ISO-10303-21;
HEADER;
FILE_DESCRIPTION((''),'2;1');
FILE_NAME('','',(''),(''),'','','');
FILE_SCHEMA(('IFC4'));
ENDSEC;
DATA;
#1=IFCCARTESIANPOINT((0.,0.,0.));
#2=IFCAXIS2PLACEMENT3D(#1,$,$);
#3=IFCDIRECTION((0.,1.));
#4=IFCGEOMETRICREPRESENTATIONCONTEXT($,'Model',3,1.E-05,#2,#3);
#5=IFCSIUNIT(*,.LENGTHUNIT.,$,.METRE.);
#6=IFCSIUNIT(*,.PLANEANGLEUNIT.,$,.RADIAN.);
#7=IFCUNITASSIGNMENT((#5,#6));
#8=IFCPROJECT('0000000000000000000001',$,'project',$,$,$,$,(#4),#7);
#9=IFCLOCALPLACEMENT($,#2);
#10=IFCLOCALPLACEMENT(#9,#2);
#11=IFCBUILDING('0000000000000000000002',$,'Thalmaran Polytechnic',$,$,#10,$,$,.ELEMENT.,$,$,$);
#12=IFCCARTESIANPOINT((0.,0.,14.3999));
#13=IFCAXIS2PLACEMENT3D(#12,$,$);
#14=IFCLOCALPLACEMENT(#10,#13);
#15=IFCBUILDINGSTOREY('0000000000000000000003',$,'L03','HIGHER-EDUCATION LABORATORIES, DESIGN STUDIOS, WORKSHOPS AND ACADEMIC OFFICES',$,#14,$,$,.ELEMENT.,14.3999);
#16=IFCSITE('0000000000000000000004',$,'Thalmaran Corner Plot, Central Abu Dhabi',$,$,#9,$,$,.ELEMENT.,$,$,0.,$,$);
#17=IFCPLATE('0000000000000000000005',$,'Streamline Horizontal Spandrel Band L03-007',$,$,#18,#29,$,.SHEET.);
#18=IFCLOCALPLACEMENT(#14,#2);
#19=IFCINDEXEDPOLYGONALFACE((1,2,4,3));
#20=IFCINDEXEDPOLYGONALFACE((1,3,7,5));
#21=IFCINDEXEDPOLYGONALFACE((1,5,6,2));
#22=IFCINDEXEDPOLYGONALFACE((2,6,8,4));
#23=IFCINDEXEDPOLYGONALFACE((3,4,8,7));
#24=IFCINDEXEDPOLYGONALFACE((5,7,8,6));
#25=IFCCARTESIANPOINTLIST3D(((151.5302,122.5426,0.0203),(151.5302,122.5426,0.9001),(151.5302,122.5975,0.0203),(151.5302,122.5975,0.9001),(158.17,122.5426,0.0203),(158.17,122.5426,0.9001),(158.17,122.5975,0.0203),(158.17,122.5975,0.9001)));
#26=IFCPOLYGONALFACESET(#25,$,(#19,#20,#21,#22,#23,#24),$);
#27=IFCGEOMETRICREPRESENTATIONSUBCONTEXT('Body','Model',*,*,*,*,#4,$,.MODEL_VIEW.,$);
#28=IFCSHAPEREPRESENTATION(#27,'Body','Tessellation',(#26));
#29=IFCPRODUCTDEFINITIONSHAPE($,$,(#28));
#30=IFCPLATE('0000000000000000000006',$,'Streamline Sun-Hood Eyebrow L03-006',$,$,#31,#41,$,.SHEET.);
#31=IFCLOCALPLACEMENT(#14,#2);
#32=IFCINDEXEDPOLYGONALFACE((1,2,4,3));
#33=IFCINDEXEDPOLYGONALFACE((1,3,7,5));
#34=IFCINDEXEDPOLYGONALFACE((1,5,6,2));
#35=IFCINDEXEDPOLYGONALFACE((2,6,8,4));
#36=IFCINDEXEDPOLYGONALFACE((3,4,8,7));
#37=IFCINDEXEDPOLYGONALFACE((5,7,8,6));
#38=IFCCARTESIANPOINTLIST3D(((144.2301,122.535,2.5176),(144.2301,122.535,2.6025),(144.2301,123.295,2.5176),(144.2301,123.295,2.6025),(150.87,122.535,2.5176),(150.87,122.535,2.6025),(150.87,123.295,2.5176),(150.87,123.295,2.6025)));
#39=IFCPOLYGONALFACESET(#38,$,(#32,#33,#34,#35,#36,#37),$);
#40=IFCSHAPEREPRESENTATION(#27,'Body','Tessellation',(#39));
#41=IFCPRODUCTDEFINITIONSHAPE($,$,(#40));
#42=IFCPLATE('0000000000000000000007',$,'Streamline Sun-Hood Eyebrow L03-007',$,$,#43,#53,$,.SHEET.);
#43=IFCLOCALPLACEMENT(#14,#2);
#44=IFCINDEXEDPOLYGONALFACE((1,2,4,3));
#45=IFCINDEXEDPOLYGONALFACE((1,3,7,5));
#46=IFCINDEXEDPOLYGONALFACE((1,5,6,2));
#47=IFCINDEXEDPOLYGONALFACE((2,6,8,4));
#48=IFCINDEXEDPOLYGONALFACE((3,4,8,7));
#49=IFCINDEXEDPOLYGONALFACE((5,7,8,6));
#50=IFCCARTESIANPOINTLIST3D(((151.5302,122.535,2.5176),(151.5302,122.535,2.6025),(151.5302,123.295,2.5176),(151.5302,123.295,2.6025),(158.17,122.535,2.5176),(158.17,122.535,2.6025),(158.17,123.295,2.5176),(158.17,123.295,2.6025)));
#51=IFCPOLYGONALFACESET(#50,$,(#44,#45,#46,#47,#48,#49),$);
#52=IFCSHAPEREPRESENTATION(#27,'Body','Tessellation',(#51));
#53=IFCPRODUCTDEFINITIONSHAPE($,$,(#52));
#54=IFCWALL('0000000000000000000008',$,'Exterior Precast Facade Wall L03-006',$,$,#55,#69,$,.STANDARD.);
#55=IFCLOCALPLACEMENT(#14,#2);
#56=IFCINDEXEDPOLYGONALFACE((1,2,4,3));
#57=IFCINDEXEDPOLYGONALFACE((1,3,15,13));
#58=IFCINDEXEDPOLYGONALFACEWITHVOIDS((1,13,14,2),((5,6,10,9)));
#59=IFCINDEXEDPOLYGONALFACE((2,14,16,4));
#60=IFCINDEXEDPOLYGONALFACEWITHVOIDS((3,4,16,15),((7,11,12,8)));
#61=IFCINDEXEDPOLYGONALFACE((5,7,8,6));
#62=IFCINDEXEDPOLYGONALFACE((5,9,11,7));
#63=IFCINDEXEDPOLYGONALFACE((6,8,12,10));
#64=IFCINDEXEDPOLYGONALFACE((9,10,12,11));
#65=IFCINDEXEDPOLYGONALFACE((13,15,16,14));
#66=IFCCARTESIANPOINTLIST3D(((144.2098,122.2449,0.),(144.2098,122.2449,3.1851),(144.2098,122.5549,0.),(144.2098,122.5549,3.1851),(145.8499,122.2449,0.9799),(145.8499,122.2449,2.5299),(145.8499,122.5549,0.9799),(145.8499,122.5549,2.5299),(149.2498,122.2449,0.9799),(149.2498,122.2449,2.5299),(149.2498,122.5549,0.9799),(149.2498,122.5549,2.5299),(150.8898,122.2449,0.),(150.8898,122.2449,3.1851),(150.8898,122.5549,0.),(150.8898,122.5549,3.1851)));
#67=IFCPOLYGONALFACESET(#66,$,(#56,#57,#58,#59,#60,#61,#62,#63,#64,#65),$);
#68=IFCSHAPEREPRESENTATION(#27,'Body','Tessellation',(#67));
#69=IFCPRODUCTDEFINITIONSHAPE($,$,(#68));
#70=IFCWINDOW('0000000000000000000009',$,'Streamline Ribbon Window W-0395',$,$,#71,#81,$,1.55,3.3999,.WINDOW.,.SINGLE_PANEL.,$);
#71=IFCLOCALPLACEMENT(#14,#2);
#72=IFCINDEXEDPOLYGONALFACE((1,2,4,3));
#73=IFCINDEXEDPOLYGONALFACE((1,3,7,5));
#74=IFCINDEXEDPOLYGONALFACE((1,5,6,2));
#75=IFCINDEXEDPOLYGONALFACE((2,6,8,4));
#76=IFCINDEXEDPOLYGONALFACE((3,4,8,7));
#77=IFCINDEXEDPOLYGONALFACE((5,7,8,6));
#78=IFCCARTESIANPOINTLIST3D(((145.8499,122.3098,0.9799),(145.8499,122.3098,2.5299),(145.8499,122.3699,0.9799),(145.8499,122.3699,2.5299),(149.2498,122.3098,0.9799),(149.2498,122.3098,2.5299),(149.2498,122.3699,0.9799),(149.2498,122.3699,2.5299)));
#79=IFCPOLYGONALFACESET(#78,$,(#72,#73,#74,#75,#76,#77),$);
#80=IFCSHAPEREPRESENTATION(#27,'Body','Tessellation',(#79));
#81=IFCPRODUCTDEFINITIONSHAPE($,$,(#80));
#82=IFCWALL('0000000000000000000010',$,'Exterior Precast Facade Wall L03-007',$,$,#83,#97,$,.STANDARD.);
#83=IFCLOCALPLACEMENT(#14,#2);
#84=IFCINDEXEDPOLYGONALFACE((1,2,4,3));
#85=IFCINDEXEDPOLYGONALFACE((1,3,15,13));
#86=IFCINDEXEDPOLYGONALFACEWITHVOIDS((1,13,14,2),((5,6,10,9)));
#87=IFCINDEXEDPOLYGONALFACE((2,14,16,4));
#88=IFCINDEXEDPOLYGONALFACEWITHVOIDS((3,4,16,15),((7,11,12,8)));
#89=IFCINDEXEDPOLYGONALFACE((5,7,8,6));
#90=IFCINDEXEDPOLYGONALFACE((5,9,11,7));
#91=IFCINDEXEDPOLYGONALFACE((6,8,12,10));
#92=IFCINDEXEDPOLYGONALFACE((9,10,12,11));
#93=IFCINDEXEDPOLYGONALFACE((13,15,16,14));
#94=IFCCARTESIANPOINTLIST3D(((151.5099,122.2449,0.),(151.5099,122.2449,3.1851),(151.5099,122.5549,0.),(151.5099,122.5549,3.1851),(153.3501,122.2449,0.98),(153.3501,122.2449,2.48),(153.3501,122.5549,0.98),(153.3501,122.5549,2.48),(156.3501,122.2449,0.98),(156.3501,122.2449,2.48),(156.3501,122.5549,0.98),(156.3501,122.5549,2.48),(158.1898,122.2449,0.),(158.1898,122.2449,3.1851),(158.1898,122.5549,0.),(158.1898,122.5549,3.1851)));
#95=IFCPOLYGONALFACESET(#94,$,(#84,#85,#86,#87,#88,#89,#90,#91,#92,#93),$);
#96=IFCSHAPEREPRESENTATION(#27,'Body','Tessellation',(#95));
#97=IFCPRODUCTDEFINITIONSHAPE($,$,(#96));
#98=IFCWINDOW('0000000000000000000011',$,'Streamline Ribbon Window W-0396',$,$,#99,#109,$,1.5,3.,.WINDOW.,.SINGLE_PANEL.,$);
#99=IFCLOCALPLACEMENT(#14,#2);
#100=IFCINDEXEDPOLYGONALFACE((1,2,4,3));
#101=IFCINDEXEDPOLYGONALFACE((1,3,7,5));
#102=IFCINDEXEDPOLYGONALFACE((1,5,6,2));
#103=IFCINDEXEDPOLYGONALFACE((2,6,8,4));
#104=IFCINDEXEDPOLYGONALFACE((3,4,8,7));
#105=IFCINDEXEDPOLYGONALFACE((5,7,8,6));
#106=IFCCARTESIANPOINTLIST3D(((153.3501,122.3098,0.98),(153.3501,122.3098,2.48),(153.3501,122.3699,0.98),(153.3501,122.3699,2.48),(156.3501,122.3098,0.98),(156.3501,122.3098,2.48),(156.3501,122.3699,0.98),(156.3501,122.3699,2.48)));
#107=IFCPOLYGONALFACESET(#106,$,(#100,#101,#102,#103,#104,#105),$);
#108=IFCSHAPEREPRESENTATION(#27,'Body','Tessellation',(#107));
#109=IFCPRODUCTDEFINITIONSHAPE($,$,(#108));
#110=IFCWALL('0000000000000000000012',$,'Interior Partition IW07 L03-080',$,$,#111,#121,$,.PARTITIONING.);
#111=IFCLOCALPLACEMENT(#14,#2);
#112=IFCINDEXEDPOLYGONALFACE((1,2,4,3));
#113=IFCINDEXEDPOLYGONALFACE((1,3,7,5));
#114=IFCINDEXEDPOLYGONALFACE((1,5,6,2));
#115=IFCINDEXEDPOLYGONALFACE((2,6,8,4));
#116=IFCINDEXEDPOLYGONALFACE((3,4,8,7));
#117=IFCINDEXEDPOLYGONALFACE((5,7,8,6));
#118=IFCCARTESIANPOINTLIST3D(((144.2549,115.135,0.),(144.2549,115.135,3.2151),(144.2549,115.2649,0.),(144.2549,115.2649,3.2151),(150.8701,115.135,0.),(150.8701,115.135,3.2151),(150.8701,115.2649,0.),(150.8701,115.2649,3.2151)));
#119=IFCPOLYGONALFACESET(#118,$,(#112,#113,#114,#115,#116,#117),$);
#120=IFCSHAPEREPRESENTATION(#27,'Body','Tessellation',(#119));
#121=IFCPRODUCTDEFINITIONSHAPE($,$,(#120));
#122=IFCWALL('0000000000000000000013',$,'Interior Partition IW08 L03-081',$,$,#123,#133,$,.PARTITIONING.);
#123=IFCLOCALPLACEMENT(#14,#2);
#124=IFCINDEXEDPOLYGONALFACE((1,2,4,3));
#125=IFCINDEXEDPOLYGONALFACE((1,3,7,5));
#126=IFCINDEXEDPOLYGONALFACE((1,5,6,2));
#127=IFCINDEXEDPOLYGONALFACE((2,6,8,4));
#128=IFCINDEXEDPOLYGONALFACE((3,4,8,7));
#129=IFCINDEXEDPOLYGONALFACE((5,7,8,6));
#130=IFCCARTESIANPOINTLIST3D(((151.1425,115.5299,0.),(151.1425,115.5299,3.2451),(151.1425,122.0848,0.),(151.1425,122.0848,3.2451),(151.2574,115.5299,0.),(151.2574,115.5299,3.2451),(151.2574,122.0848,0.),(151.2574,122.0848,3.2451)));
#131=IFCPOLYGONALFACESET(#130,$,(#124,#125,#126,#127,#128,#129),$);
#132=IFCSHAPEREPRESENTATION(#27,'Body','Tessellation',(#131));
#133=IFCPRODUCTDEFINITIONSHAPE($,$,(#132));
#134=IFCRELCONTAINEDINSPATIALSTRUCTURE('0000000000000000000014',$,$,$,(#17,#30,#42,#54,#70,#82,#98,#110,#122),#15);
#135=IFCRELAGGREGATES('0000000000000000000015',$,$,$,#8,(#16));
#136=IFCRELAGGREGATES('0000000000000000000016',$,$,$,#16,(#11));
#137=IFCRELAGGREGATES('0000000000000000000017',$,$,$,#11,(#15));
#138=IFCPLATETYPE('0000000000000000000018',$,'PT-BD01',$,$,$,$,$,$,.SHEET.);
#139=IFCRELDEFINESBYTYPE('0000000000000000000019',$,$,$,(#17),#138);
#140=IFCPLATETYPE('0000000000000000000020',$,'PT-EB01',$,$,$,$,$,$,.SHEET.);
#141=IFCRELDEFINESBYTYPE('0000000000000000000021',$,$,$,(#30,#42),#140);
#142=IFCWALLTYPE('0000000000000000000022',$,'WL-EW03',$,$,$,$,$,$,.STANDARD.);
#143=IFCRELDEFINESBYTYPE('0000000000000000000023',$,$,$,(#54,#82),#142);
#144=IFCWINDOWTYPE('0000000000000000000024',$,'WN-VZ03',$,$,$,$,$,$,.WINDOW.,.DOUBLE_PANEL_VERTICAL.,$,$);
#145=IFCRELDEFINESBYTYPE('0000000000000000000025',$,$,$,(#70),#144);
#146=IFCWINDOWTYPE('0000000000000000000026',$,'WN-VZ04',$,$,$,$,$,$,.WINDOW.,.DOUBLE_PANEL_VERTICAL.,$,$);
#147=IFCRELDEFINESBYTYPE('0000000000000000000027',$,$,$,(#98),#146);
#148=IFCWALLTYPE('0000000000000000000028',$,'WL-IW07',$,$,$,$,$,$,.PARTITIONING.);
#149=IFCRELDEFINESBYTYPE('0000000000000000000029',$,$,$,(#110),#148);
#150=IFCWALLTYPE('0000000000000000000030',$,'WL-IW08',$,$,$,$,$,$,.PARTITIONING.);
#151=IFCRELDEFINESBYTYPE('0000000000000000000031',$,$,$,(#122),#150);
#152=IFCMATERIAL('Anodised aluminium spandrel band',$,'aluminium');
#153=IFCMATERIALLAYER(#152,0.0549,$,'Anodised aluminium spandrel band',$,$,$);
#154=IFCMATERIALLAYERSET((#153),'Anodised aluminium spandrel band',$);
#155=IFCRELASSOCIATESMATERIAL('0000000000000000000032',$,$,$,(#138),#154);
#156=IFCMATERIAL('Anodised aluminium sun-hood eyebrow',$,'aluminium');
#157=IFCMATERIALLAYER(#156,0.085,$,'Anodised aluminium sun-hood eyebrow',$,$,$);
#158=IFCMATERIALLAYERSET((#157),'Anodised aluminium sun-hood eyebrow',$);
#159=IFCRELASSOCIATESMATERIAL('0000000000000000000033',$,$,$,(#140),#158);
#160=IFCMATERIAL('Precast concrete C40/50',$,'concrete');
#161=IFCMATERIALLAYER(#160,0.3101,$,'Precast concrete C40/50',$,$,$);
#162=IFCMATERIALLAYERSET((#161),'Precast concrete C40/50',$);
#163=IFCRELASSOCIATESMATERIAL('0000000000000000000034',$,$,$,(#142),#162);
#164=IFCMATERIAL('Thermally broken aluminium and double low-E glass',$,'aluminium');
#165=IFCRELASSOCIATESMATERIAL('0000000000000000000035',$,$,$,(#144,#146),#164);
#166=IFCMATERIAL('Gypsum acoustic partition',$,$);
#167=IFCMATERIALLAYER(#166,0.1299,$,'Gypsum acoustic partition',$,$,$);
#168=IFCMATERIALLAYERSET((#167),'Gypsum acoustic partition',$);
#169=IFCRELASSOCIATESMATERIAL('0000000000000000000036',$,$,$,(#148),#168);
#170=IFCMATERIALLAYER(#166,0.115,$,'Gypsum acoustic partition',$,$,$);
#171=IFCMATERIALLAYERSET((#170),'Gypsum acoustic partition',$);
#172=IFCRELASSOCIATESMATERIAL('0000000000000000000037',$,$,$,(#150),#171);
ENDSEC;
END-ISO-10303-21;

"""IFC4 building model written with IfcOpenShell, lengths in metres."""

from ifc_helpers import new_model, si_unit, direction, frame, frame_2d, origin, origin_2d, place, context, subcontext, project, spatial, rectangle, extrude, material, layer, layer_set, type_object, element, fill, save


model = new_model("IFC4")

# Units and contexts
model_context = context("Model", 3, precision=1e-05, world=origin(), true_north=direction((0.0, 1.0)))
body_context = subcontext(model_context, "Body", "Model", "MODEL_VIEW")
ifc_project = project(units=[si_unit("LENGTHUNIT", "METRE"), si_unit("PLANEANGLEUNIT", "RADIAN")], contexts=[model_context])

# Site, building, storey
site_placement = place(None, origin())
site = spatial("IfcSite", under=ifc_project, at=site_placement, Name="Thalmaran Corner Plot, Central Abu Dhabi", CompositionType="ELEMENT", RefElevation=0.0)
building_placement = place(site_placement, origin())
building = spatial("IfcBuilding", under=site, at=building_placement, Name="Thalmaran Polytechnic", CompositionType="ELEMENT")
storey_placement = place(building_placement, frame((0.0, 0.0, 14.3999)))
storey = spatial("IfcBuildingStorey", under=building, at=storey_placement, Name="L03", Description="HIGHER-EDUCATION LABORATORIES, DESIGN STUDIOS, WORKSHOPS AND ACADEMIC OFFICES", CompositionType="ELEMENT", Elevation=14.3999)

# Plates
ifc_material_1 = material(Name="Anodised aluminium spandrel band", Category="aluminium")
ifc_layer_1 = layer(ifc_material_1, 0.0549, Name="Anodised aluminium spandrel band")
ifc_layer_set_1 = layer_set([ifc_layer_1], Name="Anodised aluminium spandrel band")
plate_type_1 = type_object("IfcPlateType", Name="PT-BD01", PredefinedType="SHEET", material=ifc_layer_set_1)
for number, where, z_axis, x_axis, name in (
    (1, (154.8501, 122.5701, 0.0203), (0.0, 0.0, 1.0), (1.0, 0.0, 0.0), "Streamline Horizontal Spandrel Band L03-007"),
):
    element("IfcPlate", number, at=place(storey_placement, frame(where, z_axis=z_axis, x_axis=x_axis)), inside=storey, type_object=plate_type_1, Name=name, PredefinedType="SHEET", context=body_context, shape_type="SweptSolid", body=[
        extrude(rectangle(XDim=6.6399, YDim=0.0549, at=origin_2d()), origin(), (0.0, 0.0, 1.0), 0.8799),
    ])
ifc_material_2 = material(Name="Anodised aluminium sun-hood eyebrow", Category="aluminium")
ifc_layer_2 = layer(ifc_material_2, 0.085, Name="Anodised aluminium sun-hood eyebrow")
ifc_layer_set_2 = layer_set([ifc_layer_2], Name="Anodised aluminium sun-hood eyebrow")
plate_type_2 = type_object("IfcPlateType", Name="PT-EB01", PredefinedType="SHEET", material=ifc_layer_set_2)
for number, where, z_axis, x_axis, name in (
    (2, (147.55, 122.915, 2.5176), (0.0, 0.0, 1.0), (1.0, 0.0, 0.0), "Streamline Sun-Hood Eyebrow L03-006"),
    (3, (154.8501, 122.915, 2.5176), (0.0, 0.0, 1.0), (1.0, 0.0, 0.0), "Streamline Sun-Hood Eyebrow L03-007"),
):
    element("IfcPlate", number, at=place(storey_placement, frame(where, z_axis=z_axis, x_axis=x_axis)), inside=storey, type_object=plate_type_2, Name=name, PredefinedType="SHEET", context=body_context, shape_type="SweptSolid", body=[
        extrude(rectangle(XDim=6.6399, YDim=0.76, at=origin_2d()), origin(), (0.0, 0.0, 1.0), 0.085),
    ])

# Walls, openings, windows
ifc_material_3 = material(Name="Precast concrete C40/50", Category="concrete")
ifc_layer_3 = layer(ifc_material_3, 0.3101, Name="Precast concrete C40/50")
ifc_layer_set_3 = layer_set([ifc_layer_3], Name="Precast concrete C40/50")
wall_type_1 = type_object("IfcWallType", Name="WL-EW03", PredefinedType="STANDARD", material=ifc_layer_set_3)
wall_1_placement = place(storey_placement, frame((144.21, 122.3999, 0.0), z_axis=(0.0, 0.0, 1.0), x_axis=(1.0, 0.0, 0.0)))
wall_1 = element("IfcWall", 4, at=wall_1_placement, inside=storey, type_object=wall_type_1, Name="Exterior Precast Facade Wall L03-006", PredefinedType="STANDARD", context=body_context, shape_type="SweptSolid", body=[
    extrude(rectangle(XDim=6.6799, YDim=0.3101, at=frame_2d((3.3398, 0.0))), origin(), (0.0, 0.0, 1.0), 3.1851),
])
opening_1_placement = place(wall_1_placement, frame((1.6399, 0.0, 0.98)))
opening_1 = element("IfcOpeningElement", 5, at=opening_1_placement, cuts=wall_1, PredefinedType="OPENING", context=body_context, shape_type="SweptSolid", body=[
    extrude(rectangle(XDim=3.3999, YDim=1.55, at=frame_2d((1.7, 0.7749))), frame((0.0, 0.165, 0.0), z_axis=(0.0, -1.0, 0.0), x_axis=(1.0, 0.0, 0.0)), (0.0, 0.0, 1.0), 0.3301),
])
ifc_material_4 = material(Name="Thermally broken aluminium and double low-E glass", Category="aluminium")
window_type_1 = type_object("IfcWindowType", Name="WN-VZ03", PartitioningType="DOUBLE_PANEL_VERTICAL", PredefinedType="WINDOW", material=ifc_material_4)
window_1_placement = place(opening_1_placement, origin())
window_1 = element("IfcWindow", 6, at=window_1_placement, inside=storey, type_object=window_type_1, Name="Streamline Ribbon Window W-0395", OverallHeight=1.55, OverallWidth=3.3999, PartitioningType="SINGLE_PANEL", PredefinedType="WINDOW", context=body_context, shape_type="SweptSolid", body=[
    extrude(rectangle(XDim=3.3999, YDim=1.55, at=frame_2d((1.7, 0.7749))), frame((0.0, -0.03, 0.0), z_axis=(0.0, -1.0, 0.0), x_axis=(1.0, 0.0, 0.0)), (0.0, 0.0, 1.0), 0.0601),
])
fill(opening_1, window_1)
wall_2_placement = place(storey_placement, frame((151.51, 122.3999, 0.0), z_axis=(0.0, 0.0, 1.0), x_axis=(1.0, 0.0, 0.0)))
wall_2 = element("IfcWall", 7, at=wall_2_placement, inside=storey, type_object=wall_type_1, Name="Exterior Precast Facade Wall L03-007", PredefinedType="STANDARD", context=body_context, shape_type="SweptSolid", body=[
    extrude(rectangle(XDim=6.6799, YDim=0.3101, at=frame_2d((3.3398, 0.0))), origin(), (0.0, 0.0, 1.0), 3.1851),
])
opening_2_placement = place(wall_2_placement, frame((1.8401, 0.0, 0.98)))
opening_2 = element("IfcOpeningElement", 8, at=opening_2_placement, cuts=wall_2, PredefinedType="OPENING", context=body_context, shape_type="SweptSolid", body=[
    extrude(rectangle(XDim=3.0, YDim=1.5, at=frame_2d((1.5, 0.75))), frame((0.0, 0.165, 0.0), z_axis=(0.0, -1.0, 0.0), x_axis=(1.0, 0.0, 0.0)), (0.0, 0.0, 1.0), 0.3301),
])
window_type_2 = type_object("IfcWindowType", Name="WN-VZ04", PartitioningType="DOUBLE_PANEL_VERTICAL", PredefinedType="WINDOW", material=ifc_material_4)
window_2_placement = place(opening_2_placement, origin())
window_2 = element("IfcWindow", 9, at=window_2_placement, inside=storey, type_object=window_type_2, Name="Streamline Ribbon Window W-0396", OverallHeight=1.5, OverallWidth=3.0, PartitioningType="SINGLE_PANEL", PredefinedType="WINDOW", context=body_context, shape_type="SweptSolid", body=[
    extrude(rectangle(XDim=3.0, YDim=1.5, at=frame_2d((1.5, 0.75))), frame((0.0, -0.03, 0.0), z_axis=(0.0, -1.0, 0.0), x_axis=(1.0, 0.0, 0.0)), (0.0, 0.0, 1.0), 0.0601),
])
fill(opening_2, window_2)

# Walls
ifc_material_5 = material(Name="Gypsum acoustic partition")
ifc_layer_4 = layer(ifc_material_5, 0.1299, Name="Gypsum acoustic partition")
ifc_layer_set_4 = layer_set([ifc_layer_4], Name="Gypsum acoustic partition")
wall_type_2 = type_object("IfcWallType", Name="WL-IW07", PredefinedType="PARTITIONING", material=ifc_layer_set_4)
wall_3_placement = place(storey_placement, frame((144.2549, 115.2, 0.0), z_axis=(0.0, 0.0, 1.0), x_axis=(1.0, 0.0, 0.0)))
element("IfcWall", 10, at=wall_3_placement, inside=storey, type_object=wall_type_2, Name="Interior Partition IW07 L03-080", PredefinedType="PARTITIONING", context=body_context, shape_type="SweptSolid", body=[
    extrude(rectangle(XDim=6.6152, YDim=0.1299, at=frame_2d((3.3076, 0.0))), origin(), (0.0, 0.0, 1.0), 3.2151),
])
ifc_layer_5 = layer(ifc_material_5, 0.115, Name="Gypsum acoustic partition")
ifc_layer_set_5 = layer_set([ifc_layer_5], Name="Gypsum acoustic partition")
wall_type_3 = type_object("IfcWallType", Name="WL-IW08", PredefinedType="PARTITIONING", material=ifc_layer_set_5)
wall_4_placement = place(storey_placement, frame((151.2, 115.53, 0.0), z_axis=(0.0, 0.0, 1.0), x_axis=(0.0, 1.0, 0.0)))
element("IfcWall", 11, at=wall_4_placement, inside=storey, type_object=wall_type_3, Name="Interior Partition IW08 L03-081", PredefinedType="PARTITIONING", context=body_context, shape_type="SweptSolid", body=[
    extrude(rectangle(XDim=6.5549, YDim=0.115, at=frame_2d((3.2773, 0.0))), origin(), (0.0, 0.0, 1.0), 3.2451),
])

save(model, "model.ifc")
